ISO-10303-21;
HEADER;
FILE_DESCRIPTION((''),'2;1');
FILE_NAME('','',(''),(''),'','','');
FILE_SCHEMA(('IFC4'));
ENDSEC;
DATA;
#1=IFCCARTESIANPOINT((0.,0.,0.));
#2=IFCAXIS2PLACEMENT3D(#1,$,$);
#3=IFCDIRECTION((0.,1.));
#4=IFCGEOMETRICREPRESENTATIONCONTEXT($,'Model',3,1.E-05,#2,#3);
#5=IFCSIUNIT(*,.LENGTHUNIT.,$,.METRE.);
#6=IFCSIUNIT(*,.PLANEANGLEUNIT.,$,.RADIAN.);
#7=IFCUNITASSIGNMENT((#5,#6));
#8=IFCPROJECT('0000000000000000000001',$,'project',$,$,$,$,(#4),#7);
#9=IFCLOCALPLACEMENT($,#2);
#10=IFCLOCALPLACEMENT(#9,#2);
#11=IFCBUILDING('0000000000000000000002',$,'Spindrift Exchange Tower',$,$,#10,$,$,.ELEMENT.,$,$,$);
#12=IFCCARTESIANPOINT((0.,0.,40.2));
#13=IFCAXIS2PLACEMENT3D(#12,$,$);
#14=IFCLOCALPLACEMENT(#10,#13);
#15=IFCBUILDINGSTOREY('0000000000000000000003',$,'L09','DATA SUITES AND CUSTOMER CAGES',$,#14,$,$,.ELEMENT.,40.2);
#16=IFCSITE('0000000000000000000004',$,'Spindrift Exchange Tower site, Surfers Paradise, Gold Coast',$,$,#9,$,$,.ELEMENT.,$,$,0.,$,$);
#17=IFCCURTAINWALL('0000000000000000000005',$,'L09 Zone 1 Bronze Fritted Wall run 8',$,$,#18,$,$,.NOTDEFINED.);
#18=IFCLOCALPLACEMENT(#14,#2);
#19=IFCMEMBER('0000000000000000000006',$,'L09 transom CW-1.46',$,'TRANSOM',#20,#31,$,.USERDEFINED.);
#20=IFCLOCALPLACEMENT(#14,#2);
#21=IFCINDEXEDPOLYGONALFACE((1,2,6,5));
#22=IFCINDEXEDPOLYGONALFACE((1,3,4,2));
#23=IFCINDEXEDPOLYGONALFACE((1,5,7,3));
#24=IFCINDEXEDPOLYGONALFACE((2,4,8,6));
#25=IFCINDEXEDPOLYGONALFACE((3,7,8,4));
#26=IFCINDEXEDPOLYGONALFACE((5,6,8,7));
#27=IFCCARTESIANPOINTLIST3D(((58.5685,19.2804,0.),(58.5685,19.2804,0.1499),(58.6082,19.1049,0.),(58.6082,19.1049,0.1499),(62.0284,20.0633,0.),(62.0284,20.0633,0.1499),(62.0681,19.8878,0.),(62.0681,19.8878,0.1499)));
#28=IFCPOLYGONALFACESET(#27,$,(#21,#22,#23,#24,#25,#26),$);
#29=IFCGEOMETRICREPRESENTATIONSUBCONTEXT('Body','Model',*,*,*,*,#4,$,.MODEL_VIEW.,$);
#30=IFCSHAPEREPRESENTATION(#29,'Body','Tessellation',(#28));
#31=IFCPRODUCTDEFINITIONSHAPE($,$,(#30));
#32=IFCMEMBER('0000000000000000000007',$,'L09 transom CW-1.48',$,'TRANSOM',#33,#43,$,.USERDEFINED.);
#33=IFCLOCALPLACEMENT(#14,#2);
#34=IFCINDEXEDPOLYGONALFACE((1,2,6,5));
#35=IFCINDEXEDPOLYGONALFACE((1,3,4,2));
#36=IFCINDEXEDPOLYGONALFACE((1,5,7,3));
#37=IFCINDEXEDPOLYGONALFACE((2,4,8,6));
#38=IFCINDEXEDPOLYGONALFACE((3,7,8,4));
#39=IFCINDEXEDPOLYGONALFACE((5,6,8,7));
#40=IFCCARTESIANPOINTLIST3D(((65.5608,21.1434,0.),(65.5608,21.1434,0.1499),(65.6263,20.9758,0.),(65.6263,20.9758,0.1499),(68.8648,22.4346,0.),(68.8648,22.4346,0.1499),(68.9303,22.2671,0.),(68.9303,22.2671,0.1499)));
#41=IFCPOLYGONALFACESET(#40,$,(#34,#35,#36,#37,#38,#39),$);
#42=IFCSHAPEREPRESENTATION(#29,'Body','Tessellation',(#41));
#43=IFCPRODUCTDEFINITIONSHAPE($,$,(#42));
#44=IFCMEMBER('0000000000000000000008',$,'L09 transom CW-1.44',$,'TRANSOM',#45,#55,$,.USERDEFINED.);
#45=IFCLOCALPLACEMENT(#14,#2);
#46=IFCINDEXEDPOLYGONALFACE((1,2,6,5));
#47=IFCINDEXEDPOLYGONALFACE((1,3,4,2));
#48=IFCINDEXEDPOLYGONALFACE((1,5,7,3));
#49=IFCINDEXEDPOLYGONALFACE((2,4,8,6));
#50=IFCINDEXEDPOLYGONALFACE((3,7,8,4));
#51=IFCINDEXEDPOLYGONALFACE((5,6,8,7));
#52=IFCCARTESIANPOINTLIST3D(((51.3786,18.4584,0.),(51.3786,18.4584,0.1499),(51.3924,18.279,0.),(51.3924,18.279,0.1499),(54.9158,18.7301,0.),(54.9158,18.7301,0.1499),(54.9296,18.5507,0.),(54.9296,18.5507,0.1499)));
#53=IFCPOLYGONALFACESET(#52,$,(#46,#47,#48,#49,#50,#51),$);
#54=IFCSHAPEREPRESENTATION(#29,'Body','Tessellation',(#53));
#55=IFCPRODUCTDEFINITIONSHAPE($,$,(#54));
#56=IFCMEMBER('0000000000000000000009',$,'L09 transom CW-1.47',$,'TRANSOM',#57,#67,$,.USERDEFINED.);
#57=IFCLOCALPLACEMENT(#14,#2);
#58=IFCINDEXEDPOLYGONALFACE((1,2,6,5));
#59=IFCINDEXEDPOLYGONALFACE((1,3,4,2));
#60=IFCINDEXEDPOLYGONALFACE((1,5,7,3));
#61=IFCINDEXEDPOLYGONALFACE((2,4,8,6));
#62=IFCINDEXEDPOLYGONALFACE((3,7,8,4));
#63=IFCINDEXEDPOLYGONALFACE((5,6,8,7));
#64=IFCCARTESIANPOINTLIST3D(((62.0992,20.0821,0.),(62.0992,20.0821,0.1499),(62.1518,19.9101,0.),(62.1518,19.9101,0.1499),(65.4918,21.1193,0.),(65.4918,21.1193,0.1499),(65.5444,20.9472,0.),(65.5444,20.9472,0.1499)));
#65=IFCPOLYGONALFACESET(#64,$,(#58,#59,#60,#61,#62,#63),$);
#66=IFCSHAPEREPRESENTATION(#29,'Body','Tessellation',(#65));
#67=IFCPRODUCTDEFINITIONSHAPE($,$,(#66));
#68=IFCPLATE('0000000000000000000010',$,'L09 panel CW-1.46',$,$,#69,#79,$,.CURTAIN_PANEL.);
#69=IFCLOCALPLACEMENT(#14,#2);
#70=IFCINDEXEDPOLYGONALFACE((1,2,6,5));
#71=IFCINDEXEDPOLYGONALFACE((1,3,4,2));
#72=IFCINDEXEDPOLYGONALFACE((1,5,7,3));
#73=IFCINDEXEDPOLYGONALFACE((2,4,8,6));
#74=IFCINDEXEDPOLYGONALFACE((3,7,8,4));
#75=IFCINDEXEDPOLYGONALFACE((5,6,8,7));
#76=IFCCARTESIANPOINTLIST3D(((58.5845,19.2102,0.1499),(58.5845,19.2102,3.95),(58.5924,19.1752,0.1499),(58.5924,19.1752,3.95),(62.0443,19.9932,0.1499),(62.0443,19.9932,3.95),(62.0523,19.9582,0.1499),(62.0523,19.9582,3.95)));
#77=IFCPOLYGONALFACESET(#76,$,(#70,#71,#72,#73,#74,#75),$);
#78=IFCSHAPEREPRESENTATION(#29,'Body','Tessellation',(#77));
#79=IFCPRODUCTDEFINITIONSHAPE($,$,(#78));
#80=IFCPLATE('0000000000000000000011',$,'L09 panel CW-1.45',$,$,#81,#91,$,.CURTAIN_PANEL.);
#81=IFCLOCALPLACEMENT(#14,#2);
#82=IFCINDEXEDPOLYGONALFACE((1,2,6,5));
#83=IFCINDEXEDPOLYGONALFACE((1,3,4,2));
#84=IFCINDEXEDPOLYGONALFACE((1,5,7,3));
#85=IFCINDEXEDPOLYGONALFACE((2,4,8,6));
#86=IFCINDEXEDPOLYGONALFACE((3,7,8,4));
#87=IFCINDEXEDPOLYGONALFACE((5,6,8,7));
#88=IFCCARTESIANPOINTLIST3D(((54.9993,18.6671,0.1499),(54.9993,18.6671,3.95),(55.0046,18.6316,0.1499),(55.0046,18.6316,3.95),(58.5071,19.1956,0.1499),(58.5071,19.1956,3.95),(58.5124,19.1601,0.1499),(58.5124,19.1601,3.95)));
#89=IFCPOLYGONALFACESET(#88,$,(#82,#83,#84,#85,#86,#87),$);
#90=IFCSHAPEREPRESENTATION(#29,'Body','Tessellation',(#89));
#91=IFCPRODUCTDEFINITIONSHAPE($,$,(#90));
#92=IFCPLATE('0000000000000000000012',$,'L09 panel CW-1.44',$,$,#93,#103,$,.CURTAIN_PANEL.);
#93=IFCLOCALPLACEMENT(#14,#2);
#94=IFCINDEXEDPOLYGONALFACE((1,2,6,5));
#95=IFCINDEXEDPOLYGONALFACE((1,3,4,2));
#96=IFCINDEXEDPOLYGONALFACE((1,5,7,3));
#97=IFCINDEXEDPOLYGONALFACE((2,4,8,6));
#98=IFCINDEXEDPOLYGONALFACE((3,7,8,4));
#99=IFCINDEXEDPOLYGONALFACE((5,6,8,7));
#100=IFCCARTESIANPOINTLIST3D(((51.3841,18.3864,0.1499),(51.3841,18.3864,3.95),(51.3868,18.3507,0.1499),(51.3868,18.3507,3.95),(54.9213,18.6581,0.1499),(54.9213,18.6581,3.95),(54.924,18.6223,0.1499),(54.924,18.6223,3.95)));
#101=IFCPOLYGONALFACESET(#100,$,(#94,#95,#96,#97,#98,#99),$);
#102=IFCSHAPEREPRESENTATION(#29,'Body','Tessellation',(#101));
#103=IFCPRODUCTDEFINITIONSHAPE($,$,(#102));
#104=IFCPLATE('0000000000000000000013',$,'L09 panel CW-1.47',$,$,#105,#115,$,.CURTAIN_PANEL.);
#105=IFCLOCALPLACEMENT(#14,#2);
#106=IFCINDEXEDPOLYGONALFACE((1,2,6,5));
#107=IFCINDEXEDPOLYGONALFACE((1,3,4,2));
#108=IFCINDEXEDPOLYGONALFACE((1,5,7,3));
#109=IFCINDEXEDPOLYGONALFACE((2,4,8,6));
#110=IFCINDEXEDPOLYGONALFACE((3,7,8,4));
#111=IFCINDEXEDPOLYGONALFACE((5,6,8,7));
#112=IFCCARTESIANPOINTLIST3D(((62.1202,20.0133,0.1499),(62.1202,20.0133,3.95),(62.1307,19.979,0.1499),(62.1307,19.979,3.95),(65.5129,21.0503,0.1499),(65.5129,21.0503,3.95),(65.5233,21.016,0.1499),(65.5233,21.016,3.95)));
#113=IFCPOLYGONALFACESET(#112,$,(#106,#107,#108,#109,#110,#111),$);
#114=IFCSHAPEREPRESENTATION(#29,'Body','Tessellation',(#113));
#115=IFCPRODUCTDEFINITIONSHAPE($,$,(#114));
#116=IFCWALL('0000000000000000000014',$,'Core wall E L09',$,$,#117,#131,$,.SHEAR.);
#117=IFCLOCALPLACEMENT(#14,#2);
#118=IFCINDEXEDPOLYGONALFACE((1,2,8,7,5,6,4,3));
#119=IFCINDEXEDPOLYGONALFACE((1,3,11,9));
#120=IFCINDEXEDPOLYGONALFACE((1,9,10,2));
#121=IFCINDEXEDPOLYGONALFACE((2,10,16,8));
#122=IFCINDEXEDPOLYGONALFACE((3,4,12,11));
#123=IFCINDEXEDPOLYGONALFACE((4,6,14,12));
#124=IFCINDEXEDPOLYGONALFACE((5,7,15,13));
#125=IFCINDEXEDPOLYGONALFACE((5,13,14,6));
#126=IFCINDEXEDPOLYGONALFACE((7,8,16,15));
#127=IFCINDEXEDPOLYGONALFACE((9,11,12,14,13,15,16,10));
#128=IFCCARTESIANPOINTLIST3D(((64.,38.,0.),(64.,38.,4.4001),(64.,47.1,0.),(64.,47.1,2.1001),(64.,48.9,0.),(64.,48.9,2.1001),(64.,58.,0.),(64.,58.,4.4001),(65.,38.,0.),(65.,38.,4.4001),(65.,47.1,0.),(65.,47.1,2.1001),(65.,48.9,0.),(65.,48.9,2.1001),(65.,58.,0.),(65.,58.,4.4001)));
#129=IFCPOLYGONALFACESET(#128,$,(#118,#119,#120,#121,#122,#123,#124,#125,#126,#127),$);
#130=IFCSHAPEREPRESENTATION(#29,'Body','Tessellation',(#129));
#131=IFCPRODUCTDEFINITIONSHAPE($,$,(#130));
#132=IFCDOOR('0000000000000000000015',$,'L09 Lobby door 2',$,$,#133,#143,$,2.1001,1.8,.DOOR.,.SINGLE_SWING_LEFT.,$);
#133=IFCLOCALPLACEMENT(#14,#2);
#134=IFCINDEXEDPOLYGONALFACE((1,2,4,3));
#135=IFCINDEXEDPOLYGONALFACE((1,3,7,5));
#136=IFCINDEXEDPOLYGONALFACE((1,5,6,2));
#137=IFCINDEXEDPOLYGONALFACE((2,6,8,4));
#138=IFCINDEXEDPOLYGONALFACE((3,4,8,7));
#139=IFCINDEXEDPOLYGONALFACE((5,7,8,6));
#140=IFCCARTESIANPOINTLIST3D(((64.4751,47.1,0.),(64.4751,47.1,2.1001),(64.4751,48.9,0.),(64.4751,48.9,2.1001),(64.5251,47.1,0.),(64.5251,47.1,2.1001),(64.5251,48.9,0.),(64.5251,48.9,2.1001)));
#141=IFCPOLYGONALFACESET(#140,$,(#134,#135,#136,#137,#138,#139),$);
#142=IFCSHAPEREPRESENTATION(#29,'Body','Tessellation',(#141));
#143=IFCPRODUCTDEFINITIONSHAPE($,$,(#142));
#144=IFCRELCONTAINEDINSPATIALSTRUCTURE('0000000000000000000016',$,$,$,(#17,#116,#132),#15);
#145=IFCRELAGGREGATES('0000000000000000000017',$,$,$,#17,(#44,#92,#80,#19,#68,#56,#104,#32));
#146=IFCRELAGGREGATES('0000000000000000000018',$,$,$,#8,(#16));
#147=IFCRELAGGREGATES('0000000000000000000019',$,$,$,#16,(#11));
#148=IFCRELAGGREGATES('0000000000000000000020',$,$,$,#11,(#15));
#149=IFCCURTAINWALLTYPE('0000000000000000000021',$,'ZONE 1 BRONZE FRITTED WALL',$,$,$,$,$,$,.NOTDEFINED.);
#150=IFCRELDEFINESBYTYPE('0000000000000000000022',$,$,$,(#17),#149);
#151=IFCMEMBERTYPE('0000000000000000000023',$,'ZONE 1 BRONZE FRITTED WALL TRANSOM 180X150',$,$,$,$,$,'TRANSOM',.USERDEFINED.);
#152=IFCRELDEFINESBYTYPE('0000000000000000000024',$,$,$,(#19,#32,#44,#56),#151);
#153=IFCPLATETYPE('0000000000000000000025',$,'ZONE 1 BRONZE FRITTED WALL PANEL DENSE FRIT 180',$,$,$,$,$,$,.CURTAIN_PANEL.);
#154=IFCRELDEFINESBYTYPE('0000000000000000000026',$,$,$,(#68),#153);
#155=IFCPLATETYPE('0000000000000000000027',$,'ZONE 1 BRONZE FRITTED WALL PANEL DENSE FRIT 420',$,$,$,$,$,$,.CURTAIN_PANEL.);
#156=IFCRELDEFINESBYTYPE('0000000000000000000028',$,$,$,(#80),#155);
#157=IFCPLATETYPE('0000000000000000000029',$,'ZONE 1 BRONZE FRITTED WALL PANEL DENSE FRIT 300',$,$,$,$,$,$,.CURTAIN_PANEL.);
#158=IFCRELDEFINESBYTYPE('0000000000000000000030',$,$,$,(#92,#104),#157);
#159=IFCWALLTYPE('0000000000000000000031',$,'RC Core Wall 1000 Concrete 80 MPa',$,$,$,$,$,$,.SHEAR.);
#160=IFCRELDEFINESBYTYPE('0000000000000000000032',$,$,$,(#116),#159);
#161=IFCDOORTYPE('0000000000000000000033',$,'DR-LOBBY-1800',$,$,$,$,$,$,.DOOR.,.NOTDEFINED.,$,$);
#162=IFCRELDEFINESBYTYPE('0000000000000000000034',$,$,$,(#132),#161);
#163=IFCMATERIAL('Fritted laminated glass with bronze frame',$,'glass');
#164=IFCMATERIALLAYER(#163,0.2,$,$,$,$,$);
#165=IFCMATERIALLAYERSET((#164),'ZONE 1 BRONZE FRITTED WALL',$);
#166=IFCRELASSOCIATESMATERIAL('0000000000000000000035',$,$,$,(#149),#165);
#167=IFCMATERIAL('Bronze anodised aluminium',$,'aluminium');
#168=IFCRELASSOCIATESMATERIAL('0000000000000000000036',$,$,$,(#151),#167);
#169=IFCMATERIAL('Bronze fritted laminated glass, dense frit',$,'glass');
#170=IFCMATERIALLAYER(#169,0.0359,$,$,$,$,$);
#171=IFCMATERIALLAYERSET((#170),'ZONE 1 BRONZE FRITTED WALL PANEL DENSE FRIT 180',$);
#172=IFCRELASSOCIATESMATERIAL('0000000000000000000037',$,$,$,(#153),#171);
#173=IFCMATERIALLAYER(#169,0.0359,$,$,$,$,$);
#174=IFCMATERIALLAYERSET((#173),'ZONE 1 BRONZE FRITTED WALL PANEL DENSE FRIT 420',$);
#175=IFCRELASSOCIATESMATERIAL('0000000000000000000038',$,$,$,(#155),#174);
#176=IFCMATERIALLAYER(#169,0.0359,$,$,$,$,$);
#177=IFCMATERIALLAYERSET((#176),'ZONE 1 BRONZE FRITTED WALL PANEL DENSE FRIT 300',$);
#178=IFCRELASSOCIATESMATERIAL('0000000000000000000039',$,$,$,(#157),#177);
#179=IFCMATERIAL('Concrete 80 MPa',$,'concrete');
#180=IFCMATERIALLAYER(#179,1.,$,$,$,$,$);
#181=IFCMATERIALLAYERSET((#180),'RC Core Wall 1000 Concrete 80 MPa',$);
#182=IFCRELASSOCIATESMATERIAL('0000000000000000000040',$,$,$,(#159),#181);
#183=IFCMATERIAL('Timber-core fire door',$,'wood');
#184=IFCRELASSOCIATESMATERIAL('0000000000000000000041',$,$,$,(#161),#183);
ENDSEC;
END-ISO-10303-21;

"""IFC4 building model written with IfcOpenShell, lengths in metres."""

from ifc_helpers import new_model, si_unit, direction, frame, frame_2d, origin, origin_2d, place, context, subcontext, project, spatial, rectangle, extrude, source, transform, mapped, material, layer, layer_set, material_profile, profile_set, type_object, element, fill, aggregate, save


model = new_model("IFC4")

# Units and contexts
model_context = context("Model", 3, precision=1e-05, world=origin(), true_north=direction((0.0, 1.0)))
body_context = subcontext(model_context, "Body", "Model", "MODEL_VIEW")
ifc_project = project(units=[si_unit("LENGTHUNIT", "METRE"), si_unit("PLANEANGLEUNIT", "RADIAN")], contexts=[model_context])

# Site, building, storey
site_placement = place(None, origin())
site = spatial("IfcSite", under=ifc_project, at=site_placement, Name="Spindrift Exchange Tower site, Surfers Paradise, Gold Coast", CompositionType="ELEMENT", RefElevation=0.0)
building_placement = place(site_placement, origin())
building = spatial("IfcBuilding", under=site, at=building_placement, Name="Spindrift Exchange Tower", CompositionType="ELEMENT")
storey_placement = place(building_placement, frame((0.0, 0.0, 40.2)))
storey = spatial("IfcBuildingStorey", under=building, at=storey_placement, Name="L09", Description="DATA SUITES AND CUSTOMER CAGES", CompositionType="ELEMENT", Elevation=40.2)

# Shared definitions
ifc_material_1 = material(Name="Concrete 80 MPa", Category="concrete")

# Curtain wall, members, plates
ifc_material_2 = material(Name="Fritted laminated glass with bronze frame", Category="glass")
ifc_layer_1 = layer(ifc_material_2, 0.2)
ifc_layer_set_1 = layer_set([ifc_layer_1], Name="ZONE 1 BRONZE FRITTED WALL")
curtain_wall_type = type_object("IfcCurtainWallType", Name="ZONE 1 BRONZE FRITTED WALL", PredefinedType="NOTDEFINED", material=ifc_layer_set_1)
curtain_wall_placement = place(storey_placement, origin())
curtain_wall = element("IfcCurtainWall", 1, at=curtain_wall_placement, inside=storey, type_object=curtain_wall_type, Name="L09 Zone 1 Bronze Fritted Wall run 8", PredefinedType="NOTDEFINED")
ifc_material_3 = material(Name="Bronze anodised aluminium", Category="aluminium")
ifc_material_profile_1 = material_profile(ifc_material_3, rectangle(XDim=0.1799, YDim=0.1499, at=origin_2d()), Name="ZONE 1 BRONZE FRITTED WALL TRANSOM 180X150")
ifc_profile_set_1 = profile_set([ifc_material_profile_1], Name="Bronze anodised aluminium")
member_type_1 = type_object("IfcMemberType", Name="ZONE 1 BRONZE FRITTED WALL TRANSOM 180X150", ElementType="TRANSOM", PredefinedType="USERDEFINED", material=ifc_profile_set_1)
shared_shape_1 = source(origin(), body_context, "Body", "SweptSolid", [
    extrude(rectangle(XDim=0.1799, YDim=0.1499, at=origin_2d()), origin(), (0.0, 0.0, 1.0), 3.5474),
])
member_1_placement = place(storey_placement, frame((58.5884, 19.1926, 0.075), z_axis=(0.975339, 0.220711, 0.0), x_axis=(-0.220711, 0.975339, 0.0)))
member_1 = element("IfcMember", 2, at=member_1_placement, type_object=member_type_1, Name="L09 transom CW-1.46", ObjectType="TRANSOM", PredefinedType="USERDEFINED", context=body_context, shape_type="MappedRepresentation", body=[
    mapped(shared_shape_1, transform((0.0, 0.0, 0.0), scale=1.0)),
])
member_2_placement = place(storey_placement, frame((65.5935, 21.0596, 0.075), z_axis=(0.931395, 0.36401, 0.0), x_axis=(-0.36401, 0.931395, 0.0)))
member_2 = element("IfcMember", 3, at=member_2_placement, type_object=member_type_1, Name="L09 transom CW-1.48", ObjectType="TRANSOM", PredefinedType="USERDEFINED", context=body_context, shape_type="MappedRepresentation", body=[
    mapped(shared_shape_1, transform((0.0, 0.0, 0.0), scale=1.0)),
])
shared_shape_2 = source(origin(), body_context, "Body", "SweptSolid", [
    extrude(rectangle(XDim=0.1799, YDim=0.1499, at=origin_2d()), origin(), (0.0, 0.0, 1.0), 3.5476),
])
member_3_placement = place(storey_placement, frame((51.3855, 18.3687, 0.075), z_axis=(0.997062, 0.076597, 0.0), x_axis=(-0.076597, 0.997062, 0.0)))
member_3 = element("IfcMember", 4, at=member_3_placement, type_object=member_type_1, Name="L09 transom CW-1.44", ObjectType="TRANSOM", PredefinedType="USERDEFINED", context=body_context, shape_type="MappedRepresentation", body=[
    mapped(shared_shape_2, transform((0.0, 0.0, 0.0), scale=1.0)),
])
member_4_placement = place(storey_placement, frame((62.1255, 19.9961, 0.075), z_axis=(0.956313, 0.292344, 0.0), x_axis=(-0.292344, 0.956313, 0.0)))
member_4 = element("IfcMember", 5, at=member_4_placement, type_object=member_type_1, Name="L09 transom CW-1.47", ObjectType="TRANSOM", PredefinedType="USERDEFINED", context=body_context, shape_type="MappedRepresentation", body=[
    mapped(shared_shape_2, transform((0.0, 0.0, 0.0), scale=1.0)),
])
ifc_material_4 = material(Name="Bronze fritted laminated glass, dense frit", Category="glass")
ifc_layer_2 = layer(ifc_material_4, 0.0359)
ifc_layer_set_2 = layer_set([ifc_layer_2], Name="ZONE 1 BRONZE FRITTED WALL PANEL DENSE FRIT 180")
plate_type_1 = type_object("IfcPlateType", Name="ZONE 1 BRONZE FRITTED WALL PANEL DENSE FRIT 180", PredefinedType="CURTAIN_PANEL", material=ifc_layer_set_2)
shared_shape_3 = source(origin(), body_context, "Body", "SweptSolid", [
    extrude(rectangle(XDim=3.5474, YDim=0.0359, at=origin_2d()), origin(), (0.0, 0.0, 1.0), 3.8),
])
plate_1_placement = place(storey_placement, frame((60.3184, 19.5842, 0.1499), z_axis=(0.0, 0.0, 1.0), x_axis=(0.975333, 0.220738, 0.0)))
plate_1 = element("IfcPlate", 6, at=plate_1_placement, type_object=plate_type_1, Name="L09 panel CW-1.46", PredefinedType="CURTAIN_PANEL", context=body_context, shape_type="MappedRepresentation", body=[
    mapped(shared_shape_3, transform((0.0, 0.0, 0.0), scale=1.0)),
])
ifc_layer_3 = layer(ifc_material_4, 0.0359)
ifc_layer_set_3 = layer_set([ifc_layer_3], Name="ZONE 1 BRONZE FRITTED WALL PANEL DENSE FRIT 420")
plate_type_2 = type_object("IfcPlateType", Name="ZONE 1 BRONZE FRITTED WALL PANEL DENSE FRIT 420", PredefinedType="CURTAIN_PANEL", material=ifc_layer_set_3)
shared_shape_4 = source(origin(), body_context, "Body", "SweptSolid", [
    extrude(rectangle(XDim=3.5474, YDim=0.0359, at=origin_2d()), origin(), (0.0, 0.0, 1.0), 3.8),
])
plate_2_placement = place(storey_placement, frame((56.7559, 18.9136, 0.1499), z_axis=(0.0, 0.0, 1.0), x_axis=(0.988841, 0.148978, 0.0)))
plate_2 = element("IfcPlate", 7, at=plate_2_placement, type_object=plate_type_2, Name="L09 panel CW-1.45", PredefinedType="CURTAIN_PANEL", context=body_context, shape_type="MappedRepresentation", body=[
    mapped(shared_shape_4, transform((0.0, 0.0, 0.0), scale=1.0)),
])
ifc_layer_4 = layer(ifc_material_4, 0.0359)
ifc_layer_set_4 = layer_set([ifc_layer_4], Name="ZONE 1 BRONZE FRITTED WALL PANEL DENSE FRIT 300")
plate_type_3 = type_object("IfcPlateType", Name="ZONE 1 BRONZE FRITTED WALL PANEL DENSE FRIT 300", PredefinedType="CURTAIN_PANEL", material=ifc_layer_set_4)
shared_shape_5 = source(origin(), body_context, "Body", "SweptSolid", [
    extrude(rectangle(XDim=3.5476, YDim=0.0359, at=origin_2d()), origin(), (0.0, 0.0, 1.0), 3.8),
])
plate_3_placement = place(storey_placement, frame((53.1541, 18.5044, 0.1499), z_axis=(0.0, 0.0, 1.0), x_axis=(0.997063, 0.076583, 0.0)))
plate_3 = element("IfcPlate", 8, at=plate_3_placement, type_object=plate_type_3, Name="L09 panel CW-1.44", PredefinedType="CURTAIN_PANEL", context=body_context, shape_type="MappedRepresentation", body=[
    mapped(shared_shape_5, transform((0.0, 0.0, 0.0), scale=1.0)),
])
plate_4_placement = place(storey_placement, frame((63.8218, 20.5146, 0.1499), z_axis=(0.0, 0.0, 1.0), x_axis=(0.956319, 0.292327, 0.0)))
plate_4 = element("IfcPlate", 9, at=plate_4_placement, type_object=plate_type_3, Name="L09 panel CW-1.47", PredefinedType="CURTAIN_PANEL", context=body_context, shape_type="MappedRepresentation", body=[
    mapped(shared_shape_5, transform((0.0, 0.0, 0.0), scale=1.0)),
])
aggregate(curtain_wall, [member_3, plate_3, plate_2, member_1, plate_1, member_4, plate_4, member_2])

# Wall, opening, door
ifc_layer_5 = layer(ifc_material_1, 1.0)
ifc_layer_set_5 = layer_set([ifc_layer_5], Name="RC Core Wall 1000 Concrete 80 MPa")
wall_type_1 = type_object("IfcWallType", Name="RC Core Wall 1000 Concrete 80 MPa", PredefinedType="SHEAR", material=ifc_layer_set_5)
wall_1_placement = place(storey_placement, frame((64.5, 38.0, 0.0), z_axis=(0.0, 0.0, 1.0), x_axis=(0.0, 1.0, 0.0)))
wall_1 = element("IfcWall", 10, at=wall_1_placement, inside=storey, type_object=wall_type_1, Name="Core wall E L09", PredefinedType="SHEAR", context=body_context, shape_type="SweptSolid", body=[
    extrude(rectangle(XDim=20.0, YDim=1.0, at=frame_2d((10.0, 0.0))), origin(), (0.0, 0.0, 1.0), 4.4001),
])
opening_1_placement = place(wall_1_placement, frame((9.1001, 0.0, 0.0)))
opening_1 = element("IfcOpeningElement", 11, at=opening_1_placement, cuts=wall_1, PredefinedType="OPENING", context=body_context, shape_type="SweptSolid", body=[
    extrude(rectangle(XDim=1.8, YDim=2.1001, at=frame_2d((0.8999, 1.05))), frame((0.0, 0.51, 0.0), z_axis=(0.0, -1.0, 0.0), x_axis=(1.0, 0.0, 0.0)), (0.0, 0.0, 1.0), 1.02),
])
ifc_material_5 = material(Name="Timber-core fire door", Category="wood")
door_type_1 = type_object("IfcDoorType", Name="DR-LOBBY-1800", OperationType="NOTDEFINED", PredefinedType="DOOR", material=ifc_material_5)
shared_shape_6 = source(origin(), body_context, "Body", "SweptSolid", [
    extrude(rectangle(XDim=1.8, YDim=2.1001, at=frame_2d((0.8999, 1.05))), frame((0.0, 0.0249, 0.0), z_axis=(0.0, -1.0, 0.0), x_axis=(1.0, 0.0, 0.0)), (0.0, 0.0, 1.0), 0.05),
])
door_1_placement = place(opening_1_placement, origin())
door_1 = element("IfcDoor", 12, at=door_1_placement, inside=storey, type_object=door_type_1, Name="L09 Lobby door 2", OperationType="SINGLE_SWING_LEFT", OverallHeight=2.1001, OverallWidth=1.8, PredefinedType="DOOR", context=body_context, shape_type="MappedRepresentation", body=[
    mapped(shared_shape_6, transform((0.0, 0.0, 0.0), scale=1.0)),
])
fill(opening_1, door_1)

save(model, "model.ifc")
